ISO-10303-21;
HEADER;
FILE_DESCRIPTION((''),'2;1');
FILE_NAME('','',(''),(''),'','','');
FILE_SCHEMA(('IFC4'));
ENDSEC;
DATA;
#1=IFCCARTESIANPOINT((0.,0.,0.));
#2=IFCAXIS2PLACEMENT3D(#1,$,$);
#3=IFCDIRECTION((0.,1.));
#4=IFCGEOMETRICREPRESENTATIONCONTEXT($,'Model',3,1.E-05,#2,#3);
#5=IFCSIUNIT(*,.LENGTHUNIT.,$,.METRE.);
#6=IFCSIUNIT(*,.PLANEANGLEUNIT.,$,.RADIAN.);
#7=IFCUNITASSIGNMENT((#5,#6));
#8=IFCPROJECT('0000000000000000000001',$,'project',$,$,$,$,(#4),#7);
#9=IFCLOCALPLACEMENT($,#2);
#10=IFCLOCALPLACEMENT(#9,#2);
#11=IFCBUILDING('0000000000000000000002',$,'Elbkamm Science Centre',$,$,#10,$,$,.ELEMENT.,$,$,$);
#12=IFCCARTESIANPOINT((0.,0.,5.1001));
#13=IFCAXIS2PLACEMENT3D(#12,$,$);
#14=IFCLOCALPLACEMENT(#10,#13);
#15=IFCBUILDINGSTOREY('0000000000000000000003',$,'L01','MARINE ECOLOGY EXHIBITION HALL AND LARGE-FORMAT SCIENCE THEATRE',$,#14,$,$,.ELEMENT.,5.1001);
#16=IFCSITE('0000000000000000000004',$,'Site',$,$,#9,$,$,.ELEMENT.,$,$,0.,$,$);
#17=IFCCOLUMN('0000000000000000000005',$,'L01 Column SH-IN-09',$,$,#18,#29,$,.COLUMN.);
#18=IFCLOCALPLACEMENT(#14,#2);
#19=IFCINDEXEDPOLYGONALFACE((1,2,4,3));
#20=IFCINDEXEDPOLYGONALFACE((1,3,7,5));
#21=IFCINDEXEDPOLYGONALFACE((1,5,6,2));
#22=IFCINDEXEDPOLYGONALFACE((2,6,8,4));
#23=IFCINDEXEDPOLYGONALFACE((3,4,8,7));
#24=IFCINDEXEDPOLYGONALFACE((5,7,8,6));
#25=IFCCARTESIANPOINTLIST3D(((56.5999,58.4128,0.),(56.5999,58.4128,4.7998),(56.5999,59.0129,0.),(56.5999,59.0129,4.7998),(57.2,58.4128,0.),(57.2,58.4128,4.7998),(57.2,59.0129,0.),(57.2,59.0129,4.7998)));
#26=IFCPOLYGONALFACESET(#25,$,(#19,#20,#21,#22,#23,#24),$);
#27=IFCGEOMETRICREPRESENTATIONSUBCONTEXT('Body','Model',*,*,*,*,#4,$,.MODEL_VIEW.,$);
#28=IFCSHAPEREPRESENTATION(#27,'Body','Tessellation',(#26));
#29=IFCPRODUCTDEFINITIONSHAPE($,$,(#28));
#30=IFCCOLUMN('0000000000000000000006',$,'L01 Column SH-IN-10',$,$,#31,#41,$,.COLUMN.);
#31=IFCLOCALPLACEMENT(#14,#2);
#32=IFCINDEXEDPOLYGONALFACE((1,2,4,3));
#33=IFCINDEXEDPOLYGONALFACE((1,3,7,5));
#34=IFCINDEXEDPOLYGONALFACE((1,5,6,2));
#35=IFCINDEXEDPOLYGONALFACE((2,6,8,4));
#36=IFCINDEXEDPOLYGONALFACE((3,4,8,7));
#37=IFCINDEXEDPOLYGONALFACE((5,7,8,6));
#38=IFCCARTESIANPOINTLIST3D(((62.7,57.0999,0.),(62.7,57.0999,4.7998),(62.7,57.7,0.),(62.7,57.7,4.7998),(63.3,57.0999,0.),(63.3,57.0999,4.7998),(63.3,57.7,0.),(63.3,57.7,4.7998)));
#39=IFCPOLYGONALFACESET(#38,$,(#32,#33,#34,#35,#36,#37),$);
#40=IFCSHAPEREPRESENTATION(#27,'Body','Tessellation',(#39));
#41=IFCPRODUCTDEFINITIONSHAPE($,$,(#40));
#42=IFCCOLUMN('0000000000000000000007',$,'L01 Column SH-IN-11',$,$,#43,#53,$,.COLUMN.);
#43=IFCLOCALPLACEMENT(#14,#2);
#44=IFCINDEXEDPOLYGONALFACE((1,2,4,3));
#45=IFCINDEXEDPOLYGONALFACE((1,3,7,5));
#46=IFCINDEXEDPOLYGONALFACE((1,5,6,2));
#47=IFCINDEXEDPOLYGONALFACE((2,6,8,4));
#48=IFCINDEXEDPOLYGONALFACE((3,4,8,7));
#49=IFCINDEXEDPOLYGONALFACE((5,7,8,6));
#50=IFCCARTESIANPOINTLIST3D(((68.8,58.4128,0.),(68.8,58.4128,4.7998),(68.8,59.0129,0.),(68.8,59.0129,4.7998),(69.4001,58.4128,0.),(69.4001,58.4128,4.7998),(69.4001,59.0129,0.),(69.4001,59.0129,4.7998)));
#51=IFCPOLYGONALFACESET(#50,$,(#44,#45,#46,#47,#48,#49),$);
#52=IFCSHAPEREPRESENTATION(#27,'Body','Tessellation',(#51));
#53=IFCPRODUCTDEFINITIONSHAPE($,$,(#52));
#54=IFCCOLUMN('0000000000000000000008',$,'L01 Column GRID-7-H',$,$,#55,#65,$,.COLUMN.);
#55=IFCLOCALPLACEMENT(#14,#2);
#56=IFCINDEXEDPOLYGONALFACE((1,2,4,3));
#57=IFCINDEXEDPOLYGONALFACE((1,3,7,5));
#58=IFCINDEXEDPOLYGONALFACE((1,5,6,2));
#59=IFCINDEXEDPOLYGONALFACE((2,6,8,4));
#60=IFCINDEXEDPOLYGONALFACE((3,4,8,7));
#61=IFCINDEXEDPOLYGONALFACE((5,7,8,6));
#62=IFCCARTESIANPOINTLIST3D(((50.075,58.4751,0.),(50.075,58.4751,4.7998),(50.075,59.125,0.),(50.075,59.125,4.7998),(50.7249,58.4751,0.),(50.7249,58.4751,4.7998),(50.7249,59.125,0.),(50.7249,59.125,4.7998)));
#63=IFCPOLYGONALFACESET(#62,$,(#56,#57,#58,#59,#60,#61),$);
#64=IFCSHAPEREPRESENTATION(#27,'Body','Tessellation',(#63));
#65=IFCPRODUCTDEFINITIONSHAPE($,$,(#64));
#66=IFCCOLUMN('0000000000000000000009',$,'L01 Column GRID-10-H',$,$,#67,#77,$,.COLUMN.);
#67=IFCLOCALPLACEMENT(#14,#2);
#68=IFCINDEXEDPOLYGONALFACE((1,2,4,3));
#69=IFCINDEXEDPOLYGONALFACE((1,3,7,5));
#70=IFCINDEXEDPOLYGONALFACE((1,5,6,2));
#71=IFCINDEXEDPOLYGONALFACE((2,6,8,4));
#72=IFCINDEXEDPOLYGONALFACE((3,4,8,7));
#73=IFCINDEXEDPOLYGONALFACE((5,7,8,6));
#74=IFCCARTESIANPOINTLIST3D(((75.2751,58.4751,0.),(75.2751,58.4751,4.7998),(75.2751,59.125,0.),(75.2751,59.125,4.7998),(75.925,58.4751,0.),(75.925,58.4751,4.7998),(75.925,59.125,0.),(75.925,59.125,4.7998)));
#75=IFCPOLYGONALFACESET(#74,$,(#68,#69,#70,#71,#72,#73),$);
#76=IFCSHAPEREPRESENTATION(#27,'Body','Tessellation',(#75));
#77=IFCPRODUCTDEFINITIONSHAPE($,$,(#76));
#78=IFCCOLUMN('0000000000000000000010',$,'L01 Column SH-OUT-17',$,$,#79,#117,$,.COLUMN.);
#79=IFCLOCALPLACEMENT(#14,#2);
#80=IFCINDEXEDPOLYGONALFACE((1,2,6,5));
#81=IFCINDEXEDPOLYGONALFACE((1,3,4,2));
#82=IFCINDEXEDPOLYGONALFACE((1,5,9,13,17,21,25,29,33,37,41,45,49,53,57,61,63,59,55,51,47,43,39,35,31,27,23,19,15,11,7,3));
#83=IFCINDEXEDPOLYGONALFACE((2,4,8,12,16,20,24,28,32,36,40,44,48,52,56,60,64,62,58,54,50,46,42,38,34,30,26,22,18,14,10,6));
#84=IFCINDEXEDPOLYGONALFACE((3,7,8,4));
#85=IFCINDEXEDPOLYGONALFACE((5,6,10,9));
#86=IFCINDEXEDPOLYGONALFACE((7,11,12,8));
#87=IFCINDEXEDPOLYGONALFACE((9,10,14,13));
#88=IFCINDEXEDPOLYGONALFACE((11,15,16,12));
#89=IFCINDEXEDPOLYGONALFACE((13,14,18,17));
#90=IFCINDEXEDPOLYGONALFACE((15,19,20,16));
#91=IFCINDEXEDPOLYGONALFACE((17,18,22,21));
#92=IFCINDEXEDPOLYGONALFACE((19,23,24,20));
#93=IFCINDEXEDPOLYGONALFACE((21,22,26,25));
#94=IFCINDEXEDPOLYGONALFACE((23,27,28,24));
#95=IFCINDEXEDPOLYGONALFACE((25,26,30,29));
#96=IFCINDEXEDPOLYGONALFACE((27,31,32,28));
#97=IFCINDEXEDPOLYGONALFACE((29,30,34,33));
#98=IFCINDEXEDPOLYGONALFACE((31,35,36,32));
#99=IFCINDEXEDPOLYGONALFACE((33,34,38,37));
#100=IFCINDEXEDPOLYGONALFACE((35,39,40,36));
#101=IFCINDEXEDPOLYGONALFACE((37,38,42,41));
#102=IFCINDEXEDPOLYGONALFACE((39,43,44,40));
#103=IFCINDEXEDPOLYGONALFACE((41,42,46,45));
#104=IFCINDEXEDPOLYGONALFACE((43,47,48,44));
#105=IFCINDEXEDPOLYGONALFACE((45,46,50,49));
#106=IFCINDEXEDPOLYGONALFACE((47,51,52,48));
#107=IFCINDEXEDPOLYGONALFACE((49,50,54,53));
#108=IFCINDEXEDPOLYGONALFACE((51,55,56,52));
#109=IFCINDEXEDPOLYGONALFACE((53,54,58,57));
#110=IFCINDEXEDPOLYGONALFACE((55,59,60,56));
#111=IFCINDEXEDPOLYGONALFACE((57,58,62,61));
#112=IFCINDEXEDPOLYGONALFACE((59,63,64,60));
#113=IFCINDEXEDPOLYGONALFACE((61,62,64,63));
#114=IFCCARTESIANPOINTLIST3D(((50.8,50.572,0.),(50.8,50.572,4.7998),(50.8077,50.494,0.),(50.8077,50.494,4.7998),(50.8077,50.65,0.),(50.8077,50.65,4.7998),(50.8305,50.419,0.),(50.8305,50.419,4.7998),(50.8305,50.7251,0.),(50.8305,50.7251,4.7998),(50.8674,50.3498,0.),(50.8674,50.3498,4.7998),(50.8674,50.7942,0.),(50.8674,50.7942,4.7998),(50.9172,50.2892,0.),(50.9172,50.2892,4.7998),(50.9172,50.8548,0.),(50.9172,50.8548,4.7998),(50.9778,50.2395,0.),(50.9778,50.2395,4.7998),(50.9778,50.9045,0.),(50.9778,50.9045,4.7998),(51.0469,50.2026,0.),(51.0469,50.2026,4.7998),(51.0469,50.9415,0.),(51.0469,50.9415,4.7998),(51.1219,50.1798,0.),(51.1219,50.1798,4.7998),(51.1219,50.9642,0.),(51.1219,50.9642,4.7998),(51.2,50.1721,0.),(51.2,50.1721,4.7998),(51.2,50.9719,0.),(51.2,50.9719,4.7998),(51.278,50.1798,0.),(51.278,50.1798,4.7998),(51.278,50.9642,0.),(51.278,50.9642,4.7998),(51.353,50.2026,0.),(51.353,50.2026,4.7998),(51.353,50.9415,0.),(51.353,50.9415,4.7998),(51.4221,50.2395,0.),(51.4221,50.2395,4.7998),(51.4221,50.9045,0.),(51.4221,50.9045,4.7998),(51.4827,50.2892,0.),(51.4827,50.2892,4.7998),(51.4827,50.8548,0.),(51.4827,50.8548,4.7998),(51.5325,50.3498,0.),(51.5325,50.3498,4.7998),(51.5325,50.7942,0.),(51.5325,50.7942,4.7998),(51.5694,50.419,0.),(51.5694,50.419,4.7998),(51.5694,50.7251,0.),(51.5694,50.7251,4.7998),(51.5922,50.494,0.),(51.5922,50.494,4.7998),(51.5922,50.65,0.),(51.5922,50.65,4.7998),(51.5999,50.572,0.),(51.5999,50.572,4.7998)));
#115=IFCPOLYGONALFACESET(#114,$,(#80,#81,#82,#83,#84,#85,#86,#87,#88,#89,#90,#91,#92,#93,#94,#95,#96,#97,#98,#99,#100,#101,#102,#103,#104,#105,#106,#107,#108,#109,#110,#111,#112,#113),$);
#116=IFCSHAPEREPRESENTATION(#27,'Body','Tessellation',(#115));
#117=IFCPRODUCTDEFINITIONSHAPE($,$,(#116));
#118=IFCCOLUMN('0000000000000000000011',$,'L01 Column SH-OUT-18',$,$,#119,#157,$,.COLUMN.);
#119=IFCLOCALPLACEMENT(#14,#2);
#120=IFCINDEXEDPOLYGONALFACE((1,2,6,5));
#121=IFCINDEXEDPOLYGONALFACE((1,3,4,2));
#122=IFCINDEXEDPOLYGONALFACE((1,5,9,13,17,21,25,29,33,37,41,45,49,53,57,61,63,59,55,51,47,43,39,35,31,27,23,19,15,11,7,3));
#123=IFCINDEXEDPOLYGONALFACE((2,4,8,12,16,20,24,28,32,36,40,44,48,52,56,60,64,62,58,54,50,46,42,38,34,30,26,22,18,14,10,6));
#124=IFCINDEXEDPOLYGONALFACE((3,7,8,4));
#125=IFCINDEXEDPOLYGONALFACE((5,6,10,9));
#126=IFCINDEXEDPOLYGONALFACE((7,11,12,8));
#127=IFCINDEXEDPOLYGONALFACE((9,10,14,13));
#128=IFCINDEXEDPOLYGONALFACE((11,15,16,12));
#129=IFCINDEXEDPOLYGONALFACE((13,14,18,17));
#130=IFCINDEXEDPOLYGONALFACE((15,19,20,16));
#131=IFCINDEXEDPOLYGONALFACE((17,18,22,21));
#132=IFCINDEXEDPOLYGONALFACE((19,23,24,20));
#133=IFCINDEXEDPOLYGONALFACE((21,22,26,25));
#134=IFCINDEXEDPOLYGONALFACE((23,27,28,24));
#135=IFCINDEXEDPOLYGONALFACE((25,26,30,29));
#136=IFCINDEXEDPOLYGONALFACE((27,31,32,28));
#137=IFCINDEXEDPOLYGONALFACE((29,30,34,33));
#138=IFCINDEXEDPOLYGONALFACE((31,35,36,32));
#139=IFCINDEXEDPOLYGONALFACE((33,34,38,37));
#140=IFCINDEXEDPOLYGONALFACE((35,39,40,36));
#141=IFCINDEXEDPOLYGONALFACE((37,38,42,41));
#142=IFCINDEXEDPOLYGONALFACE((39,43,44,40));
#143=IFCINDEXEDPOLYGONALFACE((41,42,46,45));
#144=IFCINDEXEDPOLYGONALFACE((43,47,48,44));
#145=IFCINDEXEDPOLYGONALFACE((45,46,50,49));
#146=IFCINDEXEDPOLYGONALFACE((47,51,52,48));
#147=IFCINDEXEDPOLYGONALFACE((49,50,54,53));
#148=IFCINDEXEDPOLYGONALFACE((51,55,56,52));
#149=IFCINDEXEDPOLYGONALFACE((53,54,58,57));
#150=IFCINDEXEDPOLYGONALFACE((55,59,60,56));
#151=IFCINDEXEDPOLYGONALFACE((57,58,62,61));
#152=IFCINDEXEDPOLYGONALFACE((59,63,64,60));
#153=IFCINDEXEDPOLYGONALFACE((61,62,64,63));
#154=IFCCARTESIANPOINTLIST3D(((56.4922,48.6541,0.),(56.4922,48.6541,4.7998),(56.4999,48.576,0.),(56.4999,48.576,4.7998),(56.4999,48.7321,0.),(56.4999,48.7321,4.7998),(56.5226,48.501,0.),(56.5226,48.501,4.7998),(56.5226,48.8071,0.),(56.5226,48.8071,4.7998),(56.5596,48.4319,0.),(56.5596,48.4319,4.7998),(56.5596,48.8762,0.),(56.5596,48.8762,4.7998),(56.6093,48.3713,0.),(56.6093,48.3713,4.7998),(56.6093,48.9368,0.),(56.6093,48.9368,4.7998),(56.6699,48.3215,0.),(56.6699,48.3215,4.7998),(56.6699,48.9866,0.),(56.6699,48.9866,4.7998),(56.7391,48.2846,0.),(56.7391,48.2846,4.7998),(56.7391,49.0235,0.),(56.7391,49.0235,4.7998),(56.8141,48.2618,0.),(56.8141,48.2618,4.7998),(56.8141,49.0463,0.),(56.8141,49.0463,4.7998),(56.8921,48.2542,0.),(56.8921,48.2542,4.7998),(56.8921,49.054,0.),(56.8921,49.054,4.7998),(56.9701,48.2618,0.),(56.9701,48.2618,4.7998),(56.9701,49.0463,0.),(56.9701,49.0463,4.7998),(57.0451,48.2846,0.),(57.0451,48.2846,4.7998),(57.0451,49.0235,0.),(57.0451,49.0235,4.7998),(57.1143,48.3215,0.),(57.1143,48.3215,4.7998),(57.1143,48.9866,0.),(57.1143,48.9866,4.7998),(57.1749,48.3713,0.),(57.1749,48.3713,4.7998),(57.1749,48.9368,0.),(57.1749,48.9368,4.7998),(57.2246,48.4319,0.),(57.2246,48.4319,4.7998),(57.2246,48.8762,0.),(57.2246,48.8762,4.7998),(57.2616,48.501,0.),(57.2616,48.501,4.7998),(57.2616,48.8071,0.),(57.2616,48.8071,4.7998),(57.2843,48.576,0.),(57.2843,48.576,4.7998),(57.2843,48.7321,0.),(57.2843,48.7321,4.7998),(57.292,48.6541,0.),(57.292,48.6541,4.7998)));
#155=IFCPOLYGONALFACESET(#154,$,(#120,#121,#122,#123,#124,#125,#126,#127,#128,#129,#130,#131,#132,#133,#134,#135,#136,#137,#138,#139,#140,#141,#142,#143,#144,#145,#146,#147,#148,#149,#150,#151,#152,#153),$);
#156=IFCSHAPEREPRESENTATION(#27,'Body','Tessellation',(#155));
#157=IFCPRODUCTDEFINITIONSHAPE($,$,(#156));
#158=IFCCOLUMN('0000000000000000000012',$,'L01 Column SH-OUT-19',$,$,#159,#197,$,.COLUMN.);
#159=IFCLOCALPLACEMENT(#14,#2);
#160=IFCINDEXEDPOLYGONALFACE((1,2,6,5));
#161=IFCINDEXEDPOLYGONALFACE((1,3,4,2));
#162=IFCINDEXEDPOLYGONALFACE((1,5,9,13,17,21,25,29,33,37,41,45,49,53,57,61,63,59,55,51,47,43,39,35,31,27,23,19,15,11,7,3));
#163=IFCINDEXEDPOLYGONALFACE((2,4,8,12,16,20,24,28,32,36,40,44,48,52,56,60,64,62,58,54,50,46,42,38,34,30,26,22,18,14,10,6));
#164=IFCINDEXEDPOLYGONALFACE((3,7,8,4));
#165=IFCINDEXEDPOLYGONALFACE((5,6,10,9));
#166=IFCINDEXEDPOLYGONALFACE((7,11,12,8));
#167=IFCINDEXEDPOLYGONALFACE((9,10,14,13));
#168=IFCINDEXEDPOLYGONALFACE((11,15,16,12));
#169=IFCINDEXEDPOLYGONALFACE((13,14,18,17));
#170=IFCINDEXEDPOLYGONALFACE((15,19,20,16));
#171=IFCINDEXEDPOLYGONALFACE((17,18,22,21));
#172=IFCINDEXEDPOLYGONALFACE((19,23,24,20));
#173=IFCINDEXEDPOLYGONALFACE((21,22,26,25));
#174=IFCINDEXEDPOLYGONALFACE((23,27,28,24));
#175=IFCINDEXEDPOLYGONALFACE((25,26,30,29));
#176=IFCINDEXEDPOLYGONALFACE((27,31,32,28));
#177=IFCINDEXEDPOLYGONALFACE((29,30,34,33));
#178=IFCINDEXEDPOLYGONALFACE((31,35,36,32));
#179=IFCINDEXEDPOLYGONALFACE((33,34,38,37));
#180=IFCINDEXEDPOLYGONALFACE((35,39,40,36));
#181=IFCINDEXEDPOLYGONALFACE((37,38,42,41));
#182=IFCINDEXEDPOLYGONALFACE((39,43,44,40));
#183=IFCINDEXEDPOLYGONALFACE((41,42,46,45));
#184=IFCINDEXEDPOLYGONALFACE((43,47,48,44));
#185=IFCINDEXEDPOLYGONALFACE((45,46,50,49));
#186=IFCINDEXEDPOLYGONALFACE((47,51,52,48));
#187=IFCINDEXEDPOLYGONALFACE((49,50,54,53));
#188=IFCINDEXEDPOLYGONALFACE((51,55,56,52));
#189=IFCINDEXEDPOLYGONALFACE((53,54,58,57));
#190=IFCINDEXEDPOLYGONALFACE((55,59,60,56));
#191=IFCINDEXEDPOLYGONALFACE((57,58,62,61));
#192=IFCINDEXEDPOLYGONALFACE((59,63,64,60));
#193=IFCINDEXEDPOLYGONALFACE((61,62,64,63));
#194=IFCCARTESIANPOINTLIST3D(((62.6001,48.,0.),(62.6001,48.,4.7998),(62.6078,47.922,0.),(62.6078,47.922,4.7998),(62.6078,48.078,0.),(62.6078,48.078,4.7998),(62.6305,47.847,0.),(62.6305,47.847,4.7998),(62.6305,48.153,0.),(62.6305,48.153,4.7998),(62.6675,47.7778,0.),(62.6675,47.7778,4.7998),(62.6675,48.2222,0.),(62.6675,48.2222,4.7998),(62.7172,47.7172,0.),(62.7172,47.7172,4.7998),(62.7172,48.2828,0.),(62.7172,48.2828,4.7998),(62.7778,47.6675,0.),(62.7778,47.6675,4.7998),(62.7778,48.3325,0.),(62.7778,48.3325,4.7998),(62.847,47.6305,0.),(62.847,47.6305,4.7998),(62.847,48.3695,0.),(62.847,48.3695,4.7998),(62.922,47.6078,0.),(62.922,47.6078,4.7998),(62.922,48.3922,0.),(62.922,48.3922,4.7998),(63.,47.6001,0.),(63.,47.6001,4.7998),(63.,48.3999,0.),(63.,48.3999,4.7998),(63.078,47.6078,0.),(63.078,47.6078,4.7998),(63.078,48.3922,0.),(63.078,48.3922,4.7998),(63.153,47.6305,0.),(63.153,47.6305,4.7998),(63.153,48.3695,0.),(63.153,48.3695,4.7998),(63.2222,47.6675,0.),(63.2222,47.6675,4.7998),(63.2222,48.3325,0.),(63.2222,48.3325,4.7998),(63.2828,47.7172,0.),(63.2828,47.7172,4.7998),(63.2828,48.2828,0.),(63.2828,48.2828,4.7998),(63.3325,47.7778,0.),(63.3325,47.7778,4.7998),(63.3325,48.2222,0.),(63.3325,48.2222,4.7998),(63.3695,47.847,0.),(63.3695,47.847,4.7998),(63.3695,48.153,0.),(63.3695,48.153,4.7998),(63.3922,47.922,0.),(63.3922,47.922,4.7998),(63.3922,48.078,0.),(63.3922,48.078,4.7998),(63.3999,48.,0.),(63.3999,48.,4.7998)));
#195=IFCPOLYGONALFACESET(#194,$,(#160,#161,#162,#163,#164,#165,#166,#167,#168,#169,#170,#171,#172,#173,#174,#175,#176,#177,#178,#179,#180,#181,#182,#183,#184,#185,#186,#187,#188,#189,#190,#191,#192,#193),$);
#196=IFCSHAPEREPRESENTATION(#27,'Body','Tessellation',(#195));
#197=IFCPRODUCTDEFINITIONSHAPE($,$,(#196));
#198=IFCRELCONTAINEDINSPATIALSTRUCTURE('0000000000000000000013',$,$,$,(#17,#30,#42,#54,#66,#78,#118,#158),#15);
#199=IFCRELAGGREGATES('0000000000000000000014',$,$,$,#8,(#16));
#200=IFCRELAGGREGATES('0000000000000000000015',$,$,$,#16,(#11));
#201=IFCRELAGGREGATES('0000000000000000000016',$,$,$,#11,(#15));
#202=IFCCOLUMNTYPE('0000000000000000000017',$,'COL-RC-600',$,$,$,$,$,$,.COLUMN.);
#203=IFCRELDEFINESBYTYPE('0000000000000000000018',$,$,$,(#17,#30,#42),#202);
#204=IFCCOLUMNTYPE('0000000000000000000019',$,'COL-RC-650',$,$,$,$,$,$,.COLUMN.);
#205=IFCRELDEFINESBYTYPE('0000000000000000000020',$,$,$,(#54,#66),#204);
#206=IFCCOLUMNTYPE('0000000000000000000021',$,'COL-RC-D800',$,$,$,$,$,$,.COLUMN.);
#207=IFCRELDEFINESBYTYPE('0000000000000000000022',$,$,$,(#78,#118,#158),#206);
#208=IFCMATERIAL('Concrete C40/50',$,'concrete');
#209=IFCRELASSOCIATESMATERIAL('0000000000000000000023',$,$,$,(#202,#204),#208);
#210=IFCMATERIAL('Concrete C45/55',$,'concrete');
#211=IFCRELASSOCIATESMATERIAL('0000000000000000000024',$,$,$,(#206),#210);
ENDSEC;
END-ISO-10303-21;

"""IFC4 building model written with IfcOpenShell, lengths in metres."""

from ifc_helpers import new_model, si_unit, direction, frame, origin, origin_2d, place, context, subcontext, project, spatial, rectangle, circle, extrude, material, material_profile, profile_set, type_object, element, save


model = new_model("IFC4")

# Units and contexts
model_context = context("Model", 3, precision=1e-05, world=origin(), true_north=direction((0.0, 1.0)))
body_context = subcontext(model_context, "Body", "Model", "MODEL_VIEW")
ifc_project = project(units=[si_unit("LENGTHUNIT", "METRE"), si_unit("PLANEANGLEUNIT", "RADIAN")], contexts=[model_context])

# Site, building, storey
site_placement = place(None, origin())
site = spatial("IfcSite", under=ifc_project, at=site_placement, Name="Site", CompositionType="ELEMENT", RefElevation=0.0)
building_placement = place(site_placement, origin())
building = spatial("IfcBuilding", under=site, at=building_placement, Name="Elbkamm Science Centre", CompositionType="ELEMENT")
storey_placement = place(building_placement, frame((0.0, 0.0, 5.1001)))
storey = spatial("IfcBuildingStorey", under=building, at=storey_placement, Name="L01", Description="MARINE ECOLOGY EXHIBITION HALL AND LARGE-FORMAT SCIENCE THEATRE", CompositionType="ELEMENT", Elevation=5.1001)

# Columns
ifc_material_1 = material(Name="Concrete C40/50", Category="concrete")
ifc_material_profile_1 = material_profile(ifc_material_1, rectangle(XDim=0.6001, YDim=0.6001, at=origin_2d()), Name="RC 600x600")
ifc_profile_set_1 = profile_set([ifc_material_profile_1], Name="Concrete C40/50")
column_type_1 = type_object("IfcColumnType", Name="COL-RC-600", PredefinedType="COLUMN", material=ifc_profile_set_1)
for number, where, z_axis, x_axis, name in (
    (1, (56.8999, 58.7129, 0.0), (0.0, 0.0, 1.0), (1.0, 0.0, 0.0), "L01 Column SH-IN-09"),
    (2, (63.0, 57.3999, 0.0), (0.0, 0.0, 1.0), (1.0, 0.0, 0.0), "L01 Column SH-IN-10"),
    (3, (69.1001, 58.7129, 0.0), (0.0, 0.0, 1.0), (1.0, 0.0, 0.0), "L01 Column SH-IN-11"),
):
    element("IfcColumn", number, at=place(storey_placement, frame(where, z_axis=z_axis, x_axis=x_axis)), inside=storey, type_object=column_type_1, Name=name, PredefinedType="COLUMN", context=body_context, shape_type="SweptSolid", body=[
        extrude(rectangle(XDim=0.6001, YDim=0.6001, at=origin_2d()), origin(), (0.0, 0.0, 1.0), 4.7998),
    ])
ifc_material_profile_2 = material_profile(ifc_material_1, rectangle(XDim=0.6499, YDim=0.6499, at=origin_2d()), Name="RC 650x650")
ifc_profile_set_2 = profile_set([ifc_material_profile_2], Name="Concrete C40/50")
column_type_2 = type_object("IfcColumnType", Name="COL-RC-650", PredefinedType="COLUMN", material=ifc_profile_set_2)
for number, where, z_axis, x_axis, name in (
    (4, (50.3999, 58.8, 0.0), (0.0, 0.0, 1.0), (1.0, 0.0, 0.0), "L01 Column GRID-7-H"),
    (5, (75.6001, 58.8, 0.0), (0.0, 0.0, 1.0), (1.0, 0.0, 0.0), "L01 Column GRID-10-H"),
):
    element("IfcColumn", number, at=place(storey_placement, frame(where, z_axis=z_axis, x_axis=x_axis)), inside=storey, type_object=column_type_2, Name=name, PredefinedType="COLUMN", context=body_context, shape_type="SweptSolid", body=[
        extrude(rectangle(XDim=0.6499, YDim=0.6499, at=origin_2d()), origin(), (0.0, 0.0, 1.0), 4.7998),
    ])
ifc_material_2 = material(Name="Concrete C45/55", Category="concrete")
ifc_material_profile_3 = material_profile(ifc_material_2, circle(Radius=0.3999, at=origin_2d()), Name="RC D800")
ifc_profile_set_3 = profile_set([ifc_material_profile_3], Name="Concrete C45/55")
column_type_3 = type_object("IfcColumnType", Name="COL-RC-D800", PredefinedType="COLUMN", material=ifc_profile_set_3)
for number, where, z_axis, x_axis, name in (
    (6, (51.2, 50.572, 0.0), (0.0, 0.0, 1.0), (1.0, 0.0, 0.0), "L01 Column SH-OUT-17"),
    (7, (56.8921, 48.6541, 0.0), (0.0, 0.0, 1.0), (1.0, 0.0, 0.0), "L01 Column SH-OUT-18"),
    (8, (63.0, 48.0, 0.0), (0.0, 0.0, 1.0), (1.0, 0.0, 0.0), "L01 Column SH-OUT-19"),
):
    element("IfcColumn", number, at=place(storey_placement, frame(where, z_axis=z_axis, x_axis=x_axis)), inside=storey, type_object=column_type_3, Name=name, PredefinedType="COLUMN", context=body_context, shape_type="SweptSolid", body=[
        extrude(circle(Radius=0.3999, at=origin_2d()), origin(), (0.0, 0.0, 1.0), 4.7998),
    ])

save(model, "model.ifc")
